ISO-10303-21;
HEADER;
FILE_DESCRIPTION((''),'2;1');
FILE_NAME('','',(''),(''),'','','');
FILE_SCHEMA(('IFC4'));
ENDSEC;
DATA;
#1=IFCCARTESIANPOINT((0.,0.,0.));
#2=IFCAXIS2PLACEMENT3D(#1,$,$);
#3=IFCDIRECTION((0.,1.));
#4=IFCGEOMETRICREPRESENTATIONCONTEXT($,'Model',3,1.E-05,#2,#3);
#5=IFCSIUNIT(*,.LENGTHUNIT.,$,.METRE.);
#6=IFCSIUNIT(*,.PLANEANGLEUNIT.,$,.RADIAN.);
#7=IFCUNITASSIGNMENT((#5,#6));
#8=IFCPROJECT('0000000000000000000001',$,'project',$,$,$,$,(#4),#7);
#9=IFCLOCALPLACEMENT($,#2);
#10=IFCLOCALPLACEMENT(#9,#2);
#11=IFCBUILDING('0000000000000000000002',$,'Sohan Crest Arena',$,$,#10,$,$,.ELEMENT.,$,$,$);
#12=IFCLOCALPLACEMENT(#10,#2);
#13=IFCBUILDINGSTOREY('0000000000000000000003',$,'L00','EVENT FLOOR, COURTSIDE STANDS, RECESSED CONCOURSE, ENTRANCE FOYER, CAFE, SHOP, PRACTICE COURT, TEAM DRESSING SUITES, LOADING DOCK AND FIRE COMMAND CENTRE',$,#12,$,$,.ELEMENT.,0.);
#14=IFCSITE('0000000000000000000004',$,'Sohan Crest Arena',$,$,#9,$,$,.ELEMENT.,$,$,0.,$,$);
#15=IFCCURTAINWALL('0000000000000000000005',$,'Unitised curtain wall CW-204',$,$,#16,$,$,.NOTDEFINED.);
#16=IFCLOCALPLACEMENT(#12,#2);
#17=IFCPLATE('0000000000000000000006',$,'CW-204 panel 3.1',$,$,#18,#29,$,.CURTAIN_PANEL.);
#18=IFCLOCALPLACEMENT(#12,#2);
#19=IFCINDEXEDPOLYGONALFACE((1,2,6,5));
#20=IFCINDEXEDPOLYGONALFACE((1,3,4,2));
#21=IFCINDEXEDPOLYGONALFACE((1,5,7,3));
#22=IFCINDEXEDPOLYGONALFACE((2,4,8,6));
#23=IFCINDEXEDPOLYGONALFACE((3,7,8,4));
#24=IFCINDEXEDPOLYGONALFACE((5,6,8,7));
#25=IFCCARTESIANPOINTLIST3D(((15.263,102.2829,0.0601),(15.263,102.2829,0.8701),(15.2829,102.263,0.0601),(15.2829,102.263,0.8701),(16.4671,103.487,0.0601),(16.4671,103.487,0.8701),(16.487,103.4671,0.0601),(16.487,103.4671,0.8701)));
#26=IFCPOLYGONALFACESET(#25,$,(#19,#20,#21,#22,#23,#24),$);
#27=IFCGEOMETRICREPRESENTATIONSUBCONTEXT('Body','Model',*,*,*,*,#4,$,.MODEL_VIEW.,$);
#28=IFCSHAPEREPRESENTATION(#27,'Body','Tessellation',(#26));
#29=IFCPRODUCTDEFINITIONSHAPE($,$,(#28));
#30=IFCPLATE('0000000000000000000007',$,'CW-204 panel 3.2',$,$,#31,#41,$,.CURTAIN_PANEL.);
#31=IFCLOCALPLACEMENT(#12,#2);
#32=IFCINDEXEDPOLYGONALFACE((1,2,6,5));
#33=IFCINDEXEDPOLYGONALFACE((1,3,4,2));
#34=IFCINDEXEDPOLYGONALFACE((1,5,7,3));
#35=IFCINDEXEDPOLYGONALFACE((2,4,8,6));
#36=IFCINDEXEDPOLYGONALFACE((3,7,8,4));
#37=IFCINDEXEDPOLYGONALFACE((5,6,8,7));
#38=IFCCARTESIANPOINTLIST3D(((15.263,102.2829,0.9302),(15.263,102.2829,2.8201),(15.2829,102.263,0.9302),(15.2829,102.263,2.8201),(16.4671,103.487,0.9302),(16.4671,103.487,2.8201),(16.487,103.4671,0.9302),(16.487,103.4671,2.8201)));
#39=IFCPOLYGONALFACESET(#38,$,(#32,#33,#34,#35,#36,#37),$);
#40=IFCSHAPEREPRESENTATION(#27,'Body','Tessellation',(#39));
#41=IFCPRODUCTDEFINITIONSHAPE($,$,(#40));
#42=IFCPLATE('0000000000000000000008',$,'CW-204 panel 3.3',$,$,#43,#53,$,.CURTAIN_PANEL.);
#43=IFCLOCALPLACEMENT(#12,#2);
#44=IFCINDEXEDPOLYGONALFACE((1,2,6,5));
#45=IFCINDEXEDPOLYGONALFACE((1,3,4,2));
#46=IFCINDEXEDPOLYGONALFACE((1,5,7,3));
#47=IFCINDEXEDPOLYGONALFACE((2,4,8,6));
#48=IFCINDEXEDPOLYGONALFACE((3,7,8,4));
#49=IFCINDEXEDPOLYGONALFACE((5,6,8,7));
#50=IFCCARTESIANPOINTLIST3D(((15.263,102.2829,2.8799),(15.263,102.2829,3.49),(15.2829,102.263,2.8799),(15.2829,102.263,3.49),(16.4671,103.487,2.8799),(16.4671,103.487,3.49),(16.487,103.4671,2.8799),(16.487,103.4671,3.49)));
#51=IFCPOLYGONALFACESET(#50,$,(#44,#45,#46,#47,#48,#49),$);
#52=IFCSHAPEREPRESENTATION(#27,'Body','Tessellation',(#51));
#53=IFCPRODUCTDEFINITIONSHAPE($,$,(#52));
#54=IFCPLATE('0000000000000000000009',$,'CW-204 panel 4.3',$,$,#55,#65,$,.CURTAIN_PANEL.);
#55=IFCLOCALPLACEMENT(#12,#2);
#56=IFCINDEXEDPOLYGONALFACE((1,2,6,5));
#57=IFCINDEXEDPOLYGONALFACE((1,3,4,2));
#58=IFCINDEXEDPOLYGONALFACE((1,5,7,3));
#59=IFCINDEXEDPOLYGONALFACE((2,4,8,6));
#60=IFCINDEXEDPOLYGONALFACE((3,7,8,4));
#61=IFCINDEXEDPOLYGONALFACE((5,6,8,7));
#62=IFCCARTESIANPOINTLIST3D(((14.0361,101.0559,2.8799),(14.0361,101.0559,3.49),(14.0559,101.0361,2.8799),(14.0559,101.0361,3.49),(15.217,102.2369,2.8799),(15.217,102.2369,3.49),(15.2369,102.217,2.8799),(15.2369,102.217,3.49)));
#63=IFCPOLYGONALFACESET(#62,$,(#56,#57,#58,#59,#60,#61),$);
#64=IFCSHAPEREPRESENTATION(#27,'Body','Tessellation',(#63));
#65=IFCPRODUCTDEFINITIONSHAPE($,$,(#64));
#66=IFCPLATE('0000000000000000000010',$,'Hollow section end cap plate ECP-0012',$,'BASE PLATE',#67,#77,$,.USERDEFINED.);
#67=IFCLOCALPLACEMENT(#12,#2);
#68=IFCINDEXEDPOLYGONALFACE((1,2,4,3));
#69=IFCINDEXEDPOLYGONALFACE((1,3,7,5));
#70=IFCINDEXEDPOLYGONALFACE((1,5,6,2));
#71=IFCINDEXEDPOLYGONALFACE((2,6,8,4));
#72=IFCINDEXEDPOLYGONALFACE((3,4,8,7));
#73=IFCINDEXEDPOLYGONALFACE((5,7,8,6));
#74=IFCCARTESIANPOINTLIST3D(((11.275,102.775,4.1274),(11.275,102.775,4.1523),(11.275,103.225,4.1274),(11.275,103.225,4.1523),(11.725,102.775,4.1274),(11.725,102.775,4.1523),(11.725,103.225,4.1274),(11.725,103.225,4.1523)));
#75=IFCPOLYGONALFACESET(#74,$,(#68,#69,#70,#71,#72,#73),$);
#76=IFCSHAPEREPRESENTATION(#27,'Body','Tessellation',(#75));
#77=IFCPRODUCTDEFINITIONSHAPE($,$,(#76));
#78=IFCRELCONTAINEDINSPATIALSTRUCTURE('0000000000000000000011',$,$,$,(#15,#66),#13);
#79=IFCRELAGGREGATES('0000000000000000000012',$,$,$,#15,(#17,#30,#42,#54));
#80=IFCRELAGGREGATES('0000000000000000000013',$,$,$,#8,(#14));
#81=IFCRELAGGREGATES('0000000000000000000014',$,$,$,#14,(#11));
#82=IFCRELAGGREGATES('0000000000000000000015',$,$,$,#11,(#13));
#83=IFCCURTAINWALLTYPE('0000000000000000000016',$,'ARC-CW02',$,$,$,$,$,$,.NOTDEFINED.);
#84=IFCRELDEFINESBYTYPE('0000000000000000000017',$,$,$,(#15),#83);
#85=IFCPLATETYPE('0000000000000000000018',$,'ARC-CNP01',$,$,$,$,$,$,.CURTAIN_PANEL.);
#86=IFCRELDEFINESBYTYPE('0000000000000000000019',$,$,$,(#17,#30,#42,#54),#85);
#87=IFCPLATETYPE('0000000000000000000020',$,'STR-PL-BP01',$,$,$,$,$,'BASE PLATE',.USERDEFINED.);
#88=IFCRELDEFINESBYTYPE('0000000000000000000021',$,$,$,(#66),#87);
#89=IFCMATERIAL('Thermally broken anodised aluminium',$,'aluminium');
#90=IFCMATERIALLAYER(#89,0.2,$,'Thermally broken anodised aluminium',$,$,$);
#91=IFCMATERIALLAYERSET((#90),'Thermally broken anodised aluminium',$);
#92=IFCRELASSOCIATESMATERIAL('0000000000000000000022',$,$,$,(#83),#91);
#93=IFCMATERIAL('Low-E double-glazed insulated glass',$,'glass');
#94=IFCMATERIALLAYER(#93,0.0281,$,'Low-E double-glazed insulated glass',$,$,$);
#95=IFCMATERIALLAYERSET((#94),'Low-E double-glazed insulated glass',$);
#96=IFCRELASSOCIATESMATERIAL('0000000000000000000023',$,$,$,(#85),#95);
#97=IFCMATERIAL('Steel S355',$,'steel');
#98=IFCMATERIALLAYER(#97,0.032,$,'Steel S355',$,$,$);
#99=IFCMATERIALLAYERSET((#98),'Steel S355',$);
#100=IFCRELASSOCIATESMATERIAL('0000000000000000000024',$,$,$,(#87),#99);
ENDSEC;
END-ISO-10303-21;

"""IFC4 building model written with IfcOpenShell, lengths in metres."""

from ifc_helpers import new_model, si_unit, direction, frame, origin, origin_2d, place, context, subcontext, project, spatial, rectangle, extrude, material, layer, layer_set, type_object, element, aggregate, save


model = new_model("IFC4")

# Units and contexts
model_context = context("Model", 3, precision=1e-05, world=origin(), true_north=direction((0.0, 1.0)))
body_context = subcontext(model_context, "Body", "Model", "MODEL_VIEW")
ifc_project = project(units=[si_unit("LENGTHUNIT", "METRE"), si_unit("PLANEANGLEUNIT", "RADIAN")], contexts=[model_context])

# Site, building, storey
site_placement = place(None, origin())
site = spatial("IfcSite", under=ifc_project, at=site_placement, Name="Sohan Crest Arena", CompositionType="ELEMENT", RefElevation=0.0)
building_placement = place(site_placement, origin())
building = spatial("IfcBuilding", under=site, at=building_placement, Name="Sohan Crest Arena", CompositionType="ELEMENT")
storey_placement = place(building_placement, origin())
storey = spatial("IfcBuildingStorey", under=building, at=storey_placement, Name="L00", Description="EVENT FLOOR, COURTSIDE STANDS, RECESSED CONCOURSE, ENTRANCE FOYER, CAFE, SHOP, PRACTICE COURT, TEAM DRESSING SUITES, LOADING DOCK AND FIRE COMMAND CENTRE", CompositionType="ELEMENT", Elevation=0.0)

# Shared definitions
ifc_material_1 = material(Name="Steel S355", Category="steel")

# Curtain wall
ifc_material_2 = material(Name="Thermally broken anodised aluminium", Category="aluminium")
ifc_layer_1 = layer(ifc_material_2, 0.2, Name="Thermally broken anodised aluminium")
ifc_layer_set_1 = layer_set([ifc_layer_1], Name="Thermally broken anodised aluminium")
curtain_wall_type = type_object("IfcCurtainWallType", Name="ARC-CW02", PredefinedType="NOTDEFINED", material=ifc_layer_set_1)
curtain_wall_placement = place(storey_placement, origin())
curtain_wall = element("IfcCurtainWall", 1, at=curtain_wall_placement, inside=storey, type_object=curtain_wall_type, Name="Unitised curtain wall CW-204", PredefinedType="NOTDEFINED")

# Plates
ifc_material_3 = material(Name="Low-E double-glazed insulated glass", Category="glass")
ifc_layer_2 = layer(ifc_material_3, 0.0281, Name="Low-E double-glazed insulated glass")
ifc_layer_set_2 = layer_set([ifc_layer_2], Name="Low-E double-glazed insulated glass")
plate_type_1 = type_object("IfcPlateType", Name="ARC-CNP01", PredefinedType="CURTAIN_PANEL", material=ifc_layer_set_2)
plate_1_placement = place(storey_placement, frame((15.875, 102.875, 0.0601), z_axis=(0.0, 0.0, 1.0), x_axis=(-0.707107, -0.707107, 0.0)))
plate_1 = element("IfcPlate", 2, at=plate_1_placement, type_object=plate_type_1, Name="CW-204 panel 3.1", PredefinedType="CURTAIN_PANEL", context=body_context, shape_type="SweptSolid", body=[
    extrude(rectangle(XDim=1.7029, YDim=0.0281, at=origin_2d()), origin(), (0.0, 0.0, 1.0), 0.8101),
])
plate_2_placement = place(storey_placement, frame((15.875, 102.875, 0.9302), z_axis=(0.0, 0.0, 1.0), x_axis=(-0.707107, -0.707107, 0.0)))
plate_2 = element("IfcPlate", 3, at=plate_2_placement, type_object=plate_type_1, Name="CW-204 panel 3.2", PredefinedType="CURTAIN_PANEL", context=body_context, shape_type="SweptSolid", body=[
    extrude(rectangle(XDim=1.7029, YDim=0.0281, at=origin_2d()), origin(), (0.0, 0.0, 1.0), 1.8899),
])
plate_3_placement = place(storey_placement, frame((15.875, 102.875, 2.8799), z_axis=(0.0, 0.0, 1.0), x_axis=(-0.707107, -0.707107, 0.0)))
plate_3 = element("IfcPlate", 4, at=plate_3_placement, type_object=plate_type_1, Name="CW-204 panel 3.3", PredefinedType="CURTAIN_PANEL", context=body_context, shape_type="SweptSolid", body=[
    extrude(rectangle(XDim=1.7029, YDim=0.0281, at=origin_2d()), origin(), (0.0, 0.0, 1.0), 0.6101),
])
plate_4_placement = place(storey_placement, frame((14.6365, 101.6365, 2.8799), z_axis=(0.0, 0.0, 1.0), x_axis=(-0.707107, -0.707107, 0.0)))
plate_4 = element("IfcPlate", 5, at=plate_4_placement, type_object=plate_type_1, Name="CW-204 panel 4.3", PredefinedType="CURTAIN_PANEL", context=body_context, shape_type="SweptSolid", body=[
    extrude(rectangle(XDim=1.6702, YDim=0.0281, at=origin_2d()), origin(), (0.0, 0.0, 1.0), 0.6101),
])
aggregate(curtain_wall, [plate_1, plate_2, plate_3, plate_4])
ifc_layer_3 = layer(ifc_material_1, 0.032, Name="Steel S355")
ifc_layer_set_3 = layer_set([ifc_layer_3], Name="Steel S355")
plate_type_2 = type_object("IfcPlateType", Name="STR-PL-BP01", ElementType="BASE PLATE", PredefinedType="USERDEFINED", material=ifc_layer_set_3)
plate_5_placement = place(storey_placement, frame((11.5, 103.0, 4.1274), z_axis=(0.0, 0.0, 1.0), x_axis=(1.0, 0.0, 0.0)))
element("IfcPlate", 6, at=plate_5_placement, inside=storey, type_object=plate_type_2, Name="Hollow section end cap plate ECP-0012", ObjectType="BASE PLATE", PredefinedType="USERDEFINED", context=body_context, shape_type="SweptSolid", body=[
    extrude(rectangle(XDim=0.45, YDim=0.45, at=origin_2d()), origin(), (0.0, 0.0, 1.0), 0.0249),
])

save(model, "model.ifc")
